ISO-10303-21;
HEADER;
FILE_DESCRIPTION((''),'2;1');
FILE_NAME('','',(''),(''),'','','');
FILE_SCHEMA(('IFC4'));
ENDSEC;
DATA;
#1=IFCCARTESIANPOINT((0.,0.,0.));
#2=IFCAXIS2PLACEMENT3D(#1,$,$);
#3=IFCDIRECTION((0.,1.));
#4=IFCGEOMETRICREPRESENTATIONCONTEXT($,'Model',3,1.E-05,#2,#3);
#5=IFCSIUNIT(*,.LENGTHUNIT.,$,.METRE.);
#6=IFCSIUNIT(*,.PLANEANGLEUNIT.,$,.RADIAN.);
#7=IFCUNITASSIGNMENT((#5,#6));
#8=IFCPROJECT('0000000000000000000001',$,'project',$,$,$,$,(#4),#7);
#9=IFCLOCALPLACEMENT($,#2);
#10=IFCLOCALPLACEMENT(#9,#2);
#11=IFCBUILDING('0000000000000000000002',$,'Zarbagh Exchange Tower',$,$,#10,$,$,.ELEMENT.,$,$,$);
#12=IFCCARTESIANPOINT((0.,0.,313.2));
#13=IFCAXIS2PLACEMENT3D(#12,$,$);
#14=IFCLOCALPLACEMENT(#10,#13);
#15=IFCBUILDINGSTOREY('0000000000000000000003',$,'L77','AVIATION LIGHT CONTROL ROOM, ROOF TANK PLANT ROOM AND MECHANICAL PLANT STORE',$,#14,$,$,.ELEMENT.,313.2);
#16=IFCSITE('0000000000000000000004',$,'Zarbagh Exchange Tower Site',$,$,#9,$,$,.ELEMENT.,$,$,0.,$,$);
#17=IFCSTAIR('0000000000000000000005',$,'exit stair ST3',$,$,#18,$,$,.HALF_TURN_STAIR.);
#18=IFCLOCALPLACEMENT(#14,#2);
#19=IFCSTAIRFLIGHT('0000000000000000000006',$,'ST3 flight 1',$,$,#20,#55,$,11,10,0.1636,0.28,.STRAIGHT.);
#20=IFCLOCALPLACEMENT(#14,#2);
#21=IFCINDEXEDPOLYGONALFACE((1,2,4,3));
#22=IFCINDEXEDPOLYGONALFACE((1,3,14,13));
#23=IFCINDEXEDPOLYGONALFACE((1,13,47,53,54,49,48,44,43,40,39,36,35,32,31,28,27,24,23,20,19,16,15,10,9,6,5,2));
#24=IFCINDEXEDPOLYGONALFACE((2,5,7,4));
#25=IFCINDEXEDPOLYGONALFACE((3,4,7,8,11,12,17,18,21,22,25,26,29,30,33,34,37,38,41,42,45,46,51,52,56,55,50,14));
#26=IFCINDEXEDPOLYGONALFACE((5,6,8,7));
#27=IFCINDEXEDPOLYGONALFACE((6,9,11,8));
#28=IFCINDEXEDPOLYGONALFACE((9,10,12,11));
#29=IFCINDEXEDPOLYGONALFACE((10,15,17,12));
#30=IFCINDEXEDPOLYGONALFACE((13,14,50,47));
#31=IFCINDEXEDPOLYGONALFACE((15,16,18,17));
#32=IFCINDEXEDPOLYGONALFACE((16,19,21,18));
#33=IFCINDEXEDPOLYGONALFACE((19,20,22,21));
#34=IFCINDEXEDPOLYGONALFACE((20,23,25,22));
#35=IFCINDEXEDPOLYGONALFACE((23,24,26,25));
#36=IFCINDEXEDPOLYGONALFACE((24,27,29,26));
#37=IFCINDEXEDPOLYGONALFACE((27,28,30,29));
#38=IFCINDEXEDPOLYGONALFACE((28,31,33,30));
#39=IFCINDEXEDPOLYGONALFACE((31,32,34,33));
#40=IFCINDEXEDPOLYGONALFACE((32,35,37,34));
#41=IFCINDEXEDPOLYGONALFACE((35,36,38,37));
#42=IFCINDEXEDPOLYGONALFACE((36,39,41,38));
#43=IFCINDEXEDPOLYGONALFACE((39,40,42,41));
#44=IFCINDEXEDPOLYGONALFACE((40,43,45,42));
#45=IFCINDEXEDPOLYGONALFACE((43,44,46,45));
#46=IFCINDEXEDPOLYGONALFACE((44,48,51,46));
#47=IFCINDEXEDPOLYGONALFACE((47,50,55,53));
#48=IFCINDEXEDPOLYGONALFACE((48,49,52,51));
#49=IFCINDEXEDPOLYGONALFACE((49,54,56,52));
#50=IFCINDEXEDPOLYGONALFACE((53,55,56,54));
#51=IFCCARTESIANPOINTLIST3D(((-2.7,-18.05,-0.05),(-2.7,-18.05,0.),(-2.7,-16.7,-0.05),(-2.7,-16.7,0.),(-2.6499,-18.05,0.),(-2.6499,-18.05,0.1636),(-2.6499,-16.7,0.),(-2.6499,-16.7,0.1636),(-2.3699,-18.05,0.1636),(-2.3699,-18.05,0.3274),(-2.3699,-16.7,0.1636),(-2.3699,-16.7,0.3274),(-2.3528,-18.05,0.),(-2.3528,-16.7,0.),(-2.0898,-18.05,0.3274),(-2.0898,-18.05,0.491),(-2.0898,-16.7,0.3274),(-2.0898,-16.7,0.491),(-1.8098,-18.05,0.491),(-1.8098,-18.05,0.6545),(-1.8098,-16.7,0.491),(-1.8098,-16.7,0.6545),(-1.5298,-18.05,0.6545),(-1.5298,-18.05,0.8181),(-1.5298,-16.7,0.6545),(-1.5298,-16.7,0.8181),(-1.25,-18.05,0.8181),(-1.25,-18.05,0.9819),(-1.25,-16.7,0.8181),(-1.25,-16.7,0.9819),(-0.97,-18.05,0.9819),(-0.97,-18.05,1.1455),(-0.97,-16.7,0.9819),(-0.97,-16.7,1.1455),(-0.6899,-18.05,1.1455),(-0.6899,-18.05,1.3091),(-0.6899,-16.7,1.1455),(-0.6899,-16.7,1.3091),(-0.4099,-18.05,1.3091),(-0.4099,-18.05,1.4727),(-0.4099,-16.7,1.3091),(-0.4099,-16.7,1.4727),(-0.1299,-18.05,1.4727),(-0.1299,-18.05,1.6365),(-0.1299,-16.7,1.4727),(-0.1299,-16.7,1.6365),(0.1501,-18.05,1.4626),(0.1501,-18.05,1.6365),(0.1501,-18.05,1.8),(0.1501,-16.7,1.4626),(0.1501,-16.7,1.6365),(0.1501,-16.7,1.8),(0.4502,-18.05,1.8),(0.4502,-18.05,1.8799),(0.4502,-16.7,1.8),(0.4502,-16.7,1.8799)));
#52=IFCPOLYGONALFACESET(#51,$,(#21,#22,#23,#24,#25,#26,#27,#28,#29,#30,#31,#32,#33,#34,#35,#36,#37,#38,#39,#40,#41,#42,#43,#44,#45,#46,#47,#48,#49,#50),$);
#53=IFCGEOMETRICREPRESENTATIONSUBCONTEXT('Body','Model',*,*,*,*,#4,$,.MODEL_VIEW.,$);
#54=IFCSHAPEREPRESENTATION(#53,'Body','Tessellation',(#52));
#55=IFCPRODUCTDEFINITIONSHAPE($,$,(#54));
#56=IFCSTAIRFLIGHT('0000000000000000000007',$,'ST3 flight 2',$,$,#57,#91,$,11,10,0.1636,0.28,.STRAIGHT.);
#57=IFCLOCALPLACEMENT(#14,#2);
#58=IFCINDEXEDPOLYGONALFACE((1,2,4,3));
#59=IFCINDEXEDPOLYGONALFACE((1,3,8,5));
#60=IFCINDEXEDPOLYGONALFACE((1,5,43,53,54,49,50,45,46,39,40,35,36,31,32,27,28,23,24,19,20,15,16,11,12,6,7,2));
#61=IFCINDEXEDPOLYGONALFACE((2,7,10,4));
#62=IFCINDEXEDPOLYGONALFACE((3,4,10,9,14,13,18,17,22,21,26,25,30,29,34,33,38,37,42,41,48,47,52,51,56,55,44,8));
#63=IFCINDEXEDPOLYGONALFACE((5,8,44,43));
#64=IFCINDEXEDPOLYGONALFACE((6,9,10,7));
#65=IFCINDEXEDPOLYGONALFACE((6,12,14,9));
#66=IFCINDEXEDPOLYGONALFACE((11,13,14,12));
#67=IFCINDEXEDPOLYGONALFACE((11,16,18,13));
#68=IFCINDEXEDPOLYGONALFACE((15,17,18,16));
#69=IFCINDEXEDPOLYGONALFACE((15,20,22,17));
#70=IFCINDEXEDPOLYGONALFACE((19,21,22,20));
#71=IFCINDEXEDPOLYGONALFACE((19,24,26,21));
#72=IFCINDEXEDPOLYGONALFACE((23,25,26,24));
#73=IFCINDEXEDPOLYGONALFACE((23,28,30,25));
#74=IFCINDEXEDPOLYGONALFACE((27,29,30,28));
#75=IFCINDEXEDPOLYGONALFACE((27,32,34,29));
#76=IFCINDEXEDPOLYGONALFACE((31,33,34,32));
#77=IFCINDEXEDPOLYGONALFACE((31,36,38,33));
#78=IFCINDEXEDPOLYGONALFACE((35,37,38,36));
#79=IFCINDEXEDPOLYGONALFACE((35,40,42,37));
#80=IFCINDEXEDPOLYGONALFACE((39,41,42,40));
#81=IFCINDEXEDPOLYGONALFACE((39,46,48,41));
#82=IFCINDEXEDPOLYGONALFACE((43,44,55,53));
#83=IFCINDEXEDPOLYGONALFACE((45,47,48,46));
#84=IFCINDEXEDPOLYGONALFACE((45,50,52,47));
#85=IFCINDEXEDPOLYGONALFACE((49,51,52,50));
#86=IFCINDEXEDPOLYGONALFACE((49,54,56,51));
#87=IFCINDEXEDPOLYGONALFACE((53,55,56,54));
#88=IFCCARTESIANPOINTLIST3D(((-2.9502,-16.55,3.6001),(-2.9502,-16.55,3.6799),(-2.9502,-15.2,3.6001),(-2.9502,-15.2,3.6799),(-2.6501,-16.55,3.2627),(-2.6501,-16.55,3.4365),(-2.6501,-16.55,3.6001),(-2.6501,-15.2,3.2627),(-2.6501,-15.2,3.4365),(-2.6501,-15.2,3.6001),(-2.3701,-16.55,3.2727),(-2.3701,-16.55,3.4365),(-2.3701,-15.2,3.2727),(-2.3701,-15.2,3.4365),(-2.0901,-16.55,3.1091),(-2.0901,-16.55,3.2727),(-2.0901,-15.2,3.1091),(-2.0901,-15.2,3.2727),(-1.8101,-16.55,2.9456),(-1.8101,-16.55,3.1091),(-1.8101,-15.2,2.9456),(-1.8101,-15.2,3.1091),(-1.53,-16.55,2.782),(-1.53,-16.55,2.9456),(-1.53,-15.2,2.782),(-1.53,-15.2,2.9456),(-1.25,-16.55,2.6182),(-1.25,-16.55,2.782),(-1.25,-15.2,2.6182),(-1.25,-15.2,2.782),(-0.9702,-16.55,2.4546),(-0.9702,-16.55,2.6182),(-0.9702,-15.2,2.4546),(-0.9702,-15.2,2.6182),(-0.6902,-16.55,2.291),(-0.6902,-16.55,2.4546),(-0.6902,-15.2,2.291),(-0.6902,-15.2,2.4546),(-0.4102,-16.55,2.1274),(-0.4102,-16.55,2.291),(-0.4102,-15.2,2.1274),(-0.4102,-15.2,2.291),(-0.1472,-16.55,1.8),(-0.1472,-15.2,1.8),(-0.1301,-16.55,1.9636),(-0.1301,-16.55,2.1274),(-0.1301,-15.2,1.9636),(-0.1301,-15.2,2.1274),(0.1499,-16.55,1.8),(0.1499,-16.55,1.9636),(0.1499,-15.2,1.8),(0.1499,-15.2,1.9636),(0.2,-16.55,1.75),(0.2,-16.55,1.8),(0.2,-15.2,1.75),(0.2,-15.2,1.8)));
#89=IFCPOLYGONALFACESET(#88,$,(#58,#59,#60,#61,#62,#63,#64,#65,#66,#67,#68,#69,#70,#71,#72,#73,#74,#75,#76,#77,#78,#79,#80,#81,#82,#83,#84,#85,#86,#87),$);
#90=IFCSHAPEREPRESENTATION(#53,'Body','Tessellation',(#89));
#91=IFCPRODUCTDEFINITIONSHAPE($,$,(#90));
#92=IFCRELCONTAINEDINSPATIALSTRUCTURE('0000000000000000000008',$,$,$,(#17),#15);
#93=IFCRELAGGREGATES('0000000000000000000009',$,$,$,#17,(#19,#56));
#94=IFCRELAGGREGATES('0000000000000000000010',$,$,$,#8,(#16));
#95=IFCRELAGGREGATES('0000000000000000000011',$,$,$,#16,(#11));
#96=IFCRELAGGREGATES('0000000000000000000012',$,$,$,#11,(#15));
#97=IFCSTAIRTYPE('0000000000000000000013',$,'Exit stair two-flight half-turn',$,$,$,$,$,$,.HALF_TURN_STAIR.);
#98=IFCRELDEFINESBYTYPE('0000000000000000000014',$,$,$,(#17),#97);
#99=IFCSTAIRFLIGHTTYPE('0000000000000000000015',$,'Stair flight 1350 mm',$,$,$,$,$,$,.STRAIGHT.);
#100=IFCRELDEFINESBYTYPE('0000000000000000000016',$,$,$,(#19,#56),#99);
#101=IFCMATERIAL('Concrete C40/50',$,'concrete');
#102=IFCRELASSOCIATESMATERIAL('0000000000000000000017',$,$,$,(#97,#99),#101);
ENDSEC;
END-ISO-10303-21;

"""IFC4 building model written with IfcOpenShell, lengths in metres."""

from ifc_helpers import new_model, si_unit, direction, frame, origin, place, context, subcontext, project, spatial, polyline, outline, extrude, material, type_object, element, aggregate, save


model = new_model("IFC4")

# Units and contexts
model_context = context("Model", 3, precision=1e-05, world=origin(), true_north=direction((0.0, 1.0)))
body_context = subcontext(model_context, "Body", "Model", "MODEL_VIEW")
ifc_project = project(units=[si_unit("LENGTHUNIT", "METRE"), si_unit("PLANEANGLEUNIT", "RADIAN")], contexts=[model_context])

# Site, building, storey
site_placement = place(None, origin())
site = spatial("IfcSite", under=ifc_project, at=site_placement, Name="Zarbagh Exchange Tower Site", CompositionType="ELEMENT", RefElevation=0.0)
building_placement = place(site_placement, origin())
building = spatial("IfcBuilding", under=site, at=building_placement, Name="Zarbagh Exchange Tower", CompositionType="ELEMENT")
storey_placement = place(building_placement, frame((0.0, 0.0, 313.2)))
storey = spatial("IfcBuildingStorey", under=building, at=storey_placement, Name="L77", Description="AVIATION LIGHT CONTROL ROOM, ROOF TANK PLANT ROOM AND MECHANICAL PLANT STORE", CompositionType="ELEMENT", Elevation=313.2)

# Shared definitions
ifc_material_1 = material(Name="Concrete C40/50", Category="concrete")

# Stair, stair flights
stair_type = type_object("IfcStairType", Name="Exit stair two-flight half-turn", PredefinedType="HALF_TURN_STAIR", material=ifc_material_1)
stair_placement = place(storey_placement, origin())
stair = element("IfcStair", 1, at=stair_placement, inside=storey, type_object=stair_type, Name="exit stair ST3", PredefinedType="HALF_TURN_STAIR")
stair_flight_type = type_object("IfcStairFlightType", Name="Stair flight 1350 mm", PredefinedType="STRAIGHT", material=ifc_material_1)
stair_flight_1_placement = place(storey_placement, frame((-2.6499, -17.375, 0.0), z_axis=(0.0, 0.0, 1.0), x_axis=(1.0, 0.0, 0.0)))
stair_flight_1 = element("IfcStairFlight", 2, at=stair_flight_1_placement, type_object=stair_flight_type, Name="ST3 flight 1", NumberOfRisers=11, NumberOfTreads=10, PredefinedType="STRAIGHT", RiserHeight=0.1636, TreadLength=0.28, context=body_context, shape_type="SweptSolid", body=[
    extrude(outline(polyline([(-0.05, -0.05), (-0.05, 0.0), (0.0, 0.0), (0.0, 0.1636), (0.28, 0.1636), (0.28, 0.3274), (0.5601, 0.3274), (0.5601, 0.491), (0.8401, 0.491), (0.8401, 0.6545), (1.1201, 0.6545), (1.1201, 0.8181), (1.3999, 0.8181), (1.3999, 0.9819), (1.6799, 0.9819), (1.6799, 1.1455), (1.96, 1.1455), (1.96, 1.3091), (2.24, 1.3091), (2.24, 1.4727), (2.52, 1.4727), (2.52, 1.6365), (2.8, 1.6365), (2.8, 1.8), (3.1001, 1.8799), (3.1001, 1.8), (2.8, 1.4626), (0.2971, 0.0), (-0.05, -0.05)])), frame((0.0, 0.675, 0.0), z_axis=(0.0, -1.0, 0.0), x_axis=(1.0, 0.0, 0.0)), (0.0, 0.0, 1.0), 1.3501),
])
stair_flight_2_placement = place(storey_placement, frame((0.1499, -15.875, 1.8), z_axis=(0.0, 0.0, 1.0), x_axis=(-1.0, 0.0, 0.0)))
stair_flight_2 = element("IfcStairFlight", 3, at=stair_flight_2_placement, type_object=stair_flight_type, Name="ST3 flight 2", NumberOfRisers=11, NumberOfTreads=10, PredefinedType="STRAIGHT", RiserHeight=0.1636, TreadLength=0.28, context=body_context, shape_type="SweptSolid", body=[
    extrude(outline(polyline([(-0.05, -0.05), (-0.05, 0.0), (0.0, 0.0), (0.0, 0.1636), (0.28, 0.1636), (0.28, 0.3274), (0.5601, 0.3274), (0.5601, 0.491), (0.8401, 0.491), (0.8401, 0.6545), (1.1201, 0.6545), (1.1201, 0.8181), (1.3999, 0.8181), (1.3999, 0.9819), (1.6799, 0.9819), (1.6799, 1.1455), (1.96, 1.1455), (1.96, 1.3091), (2.24, 1.3091), (2.24, 1.4727), (2.52, 1.4727), (2.52, 1.6365), (2.8, 1.6365), (2.8, 1.8), (3.1001, 1.8799), (3.1001, 1.8), (2.8, 1.4626), (0.2971, 0.0), (-0.05, -0.05)])), frame((0.0, 0.675, 0.0), z_axis=(0.0, -1.0, 0.0), x_axis=(1.0, 0.0, 0.0)), (0.0, 0.0, 1.0), 1.3501),
])
aggregate(stair, [stair_flight_1, stair_flight_2])

save(model, "model.ifc")
